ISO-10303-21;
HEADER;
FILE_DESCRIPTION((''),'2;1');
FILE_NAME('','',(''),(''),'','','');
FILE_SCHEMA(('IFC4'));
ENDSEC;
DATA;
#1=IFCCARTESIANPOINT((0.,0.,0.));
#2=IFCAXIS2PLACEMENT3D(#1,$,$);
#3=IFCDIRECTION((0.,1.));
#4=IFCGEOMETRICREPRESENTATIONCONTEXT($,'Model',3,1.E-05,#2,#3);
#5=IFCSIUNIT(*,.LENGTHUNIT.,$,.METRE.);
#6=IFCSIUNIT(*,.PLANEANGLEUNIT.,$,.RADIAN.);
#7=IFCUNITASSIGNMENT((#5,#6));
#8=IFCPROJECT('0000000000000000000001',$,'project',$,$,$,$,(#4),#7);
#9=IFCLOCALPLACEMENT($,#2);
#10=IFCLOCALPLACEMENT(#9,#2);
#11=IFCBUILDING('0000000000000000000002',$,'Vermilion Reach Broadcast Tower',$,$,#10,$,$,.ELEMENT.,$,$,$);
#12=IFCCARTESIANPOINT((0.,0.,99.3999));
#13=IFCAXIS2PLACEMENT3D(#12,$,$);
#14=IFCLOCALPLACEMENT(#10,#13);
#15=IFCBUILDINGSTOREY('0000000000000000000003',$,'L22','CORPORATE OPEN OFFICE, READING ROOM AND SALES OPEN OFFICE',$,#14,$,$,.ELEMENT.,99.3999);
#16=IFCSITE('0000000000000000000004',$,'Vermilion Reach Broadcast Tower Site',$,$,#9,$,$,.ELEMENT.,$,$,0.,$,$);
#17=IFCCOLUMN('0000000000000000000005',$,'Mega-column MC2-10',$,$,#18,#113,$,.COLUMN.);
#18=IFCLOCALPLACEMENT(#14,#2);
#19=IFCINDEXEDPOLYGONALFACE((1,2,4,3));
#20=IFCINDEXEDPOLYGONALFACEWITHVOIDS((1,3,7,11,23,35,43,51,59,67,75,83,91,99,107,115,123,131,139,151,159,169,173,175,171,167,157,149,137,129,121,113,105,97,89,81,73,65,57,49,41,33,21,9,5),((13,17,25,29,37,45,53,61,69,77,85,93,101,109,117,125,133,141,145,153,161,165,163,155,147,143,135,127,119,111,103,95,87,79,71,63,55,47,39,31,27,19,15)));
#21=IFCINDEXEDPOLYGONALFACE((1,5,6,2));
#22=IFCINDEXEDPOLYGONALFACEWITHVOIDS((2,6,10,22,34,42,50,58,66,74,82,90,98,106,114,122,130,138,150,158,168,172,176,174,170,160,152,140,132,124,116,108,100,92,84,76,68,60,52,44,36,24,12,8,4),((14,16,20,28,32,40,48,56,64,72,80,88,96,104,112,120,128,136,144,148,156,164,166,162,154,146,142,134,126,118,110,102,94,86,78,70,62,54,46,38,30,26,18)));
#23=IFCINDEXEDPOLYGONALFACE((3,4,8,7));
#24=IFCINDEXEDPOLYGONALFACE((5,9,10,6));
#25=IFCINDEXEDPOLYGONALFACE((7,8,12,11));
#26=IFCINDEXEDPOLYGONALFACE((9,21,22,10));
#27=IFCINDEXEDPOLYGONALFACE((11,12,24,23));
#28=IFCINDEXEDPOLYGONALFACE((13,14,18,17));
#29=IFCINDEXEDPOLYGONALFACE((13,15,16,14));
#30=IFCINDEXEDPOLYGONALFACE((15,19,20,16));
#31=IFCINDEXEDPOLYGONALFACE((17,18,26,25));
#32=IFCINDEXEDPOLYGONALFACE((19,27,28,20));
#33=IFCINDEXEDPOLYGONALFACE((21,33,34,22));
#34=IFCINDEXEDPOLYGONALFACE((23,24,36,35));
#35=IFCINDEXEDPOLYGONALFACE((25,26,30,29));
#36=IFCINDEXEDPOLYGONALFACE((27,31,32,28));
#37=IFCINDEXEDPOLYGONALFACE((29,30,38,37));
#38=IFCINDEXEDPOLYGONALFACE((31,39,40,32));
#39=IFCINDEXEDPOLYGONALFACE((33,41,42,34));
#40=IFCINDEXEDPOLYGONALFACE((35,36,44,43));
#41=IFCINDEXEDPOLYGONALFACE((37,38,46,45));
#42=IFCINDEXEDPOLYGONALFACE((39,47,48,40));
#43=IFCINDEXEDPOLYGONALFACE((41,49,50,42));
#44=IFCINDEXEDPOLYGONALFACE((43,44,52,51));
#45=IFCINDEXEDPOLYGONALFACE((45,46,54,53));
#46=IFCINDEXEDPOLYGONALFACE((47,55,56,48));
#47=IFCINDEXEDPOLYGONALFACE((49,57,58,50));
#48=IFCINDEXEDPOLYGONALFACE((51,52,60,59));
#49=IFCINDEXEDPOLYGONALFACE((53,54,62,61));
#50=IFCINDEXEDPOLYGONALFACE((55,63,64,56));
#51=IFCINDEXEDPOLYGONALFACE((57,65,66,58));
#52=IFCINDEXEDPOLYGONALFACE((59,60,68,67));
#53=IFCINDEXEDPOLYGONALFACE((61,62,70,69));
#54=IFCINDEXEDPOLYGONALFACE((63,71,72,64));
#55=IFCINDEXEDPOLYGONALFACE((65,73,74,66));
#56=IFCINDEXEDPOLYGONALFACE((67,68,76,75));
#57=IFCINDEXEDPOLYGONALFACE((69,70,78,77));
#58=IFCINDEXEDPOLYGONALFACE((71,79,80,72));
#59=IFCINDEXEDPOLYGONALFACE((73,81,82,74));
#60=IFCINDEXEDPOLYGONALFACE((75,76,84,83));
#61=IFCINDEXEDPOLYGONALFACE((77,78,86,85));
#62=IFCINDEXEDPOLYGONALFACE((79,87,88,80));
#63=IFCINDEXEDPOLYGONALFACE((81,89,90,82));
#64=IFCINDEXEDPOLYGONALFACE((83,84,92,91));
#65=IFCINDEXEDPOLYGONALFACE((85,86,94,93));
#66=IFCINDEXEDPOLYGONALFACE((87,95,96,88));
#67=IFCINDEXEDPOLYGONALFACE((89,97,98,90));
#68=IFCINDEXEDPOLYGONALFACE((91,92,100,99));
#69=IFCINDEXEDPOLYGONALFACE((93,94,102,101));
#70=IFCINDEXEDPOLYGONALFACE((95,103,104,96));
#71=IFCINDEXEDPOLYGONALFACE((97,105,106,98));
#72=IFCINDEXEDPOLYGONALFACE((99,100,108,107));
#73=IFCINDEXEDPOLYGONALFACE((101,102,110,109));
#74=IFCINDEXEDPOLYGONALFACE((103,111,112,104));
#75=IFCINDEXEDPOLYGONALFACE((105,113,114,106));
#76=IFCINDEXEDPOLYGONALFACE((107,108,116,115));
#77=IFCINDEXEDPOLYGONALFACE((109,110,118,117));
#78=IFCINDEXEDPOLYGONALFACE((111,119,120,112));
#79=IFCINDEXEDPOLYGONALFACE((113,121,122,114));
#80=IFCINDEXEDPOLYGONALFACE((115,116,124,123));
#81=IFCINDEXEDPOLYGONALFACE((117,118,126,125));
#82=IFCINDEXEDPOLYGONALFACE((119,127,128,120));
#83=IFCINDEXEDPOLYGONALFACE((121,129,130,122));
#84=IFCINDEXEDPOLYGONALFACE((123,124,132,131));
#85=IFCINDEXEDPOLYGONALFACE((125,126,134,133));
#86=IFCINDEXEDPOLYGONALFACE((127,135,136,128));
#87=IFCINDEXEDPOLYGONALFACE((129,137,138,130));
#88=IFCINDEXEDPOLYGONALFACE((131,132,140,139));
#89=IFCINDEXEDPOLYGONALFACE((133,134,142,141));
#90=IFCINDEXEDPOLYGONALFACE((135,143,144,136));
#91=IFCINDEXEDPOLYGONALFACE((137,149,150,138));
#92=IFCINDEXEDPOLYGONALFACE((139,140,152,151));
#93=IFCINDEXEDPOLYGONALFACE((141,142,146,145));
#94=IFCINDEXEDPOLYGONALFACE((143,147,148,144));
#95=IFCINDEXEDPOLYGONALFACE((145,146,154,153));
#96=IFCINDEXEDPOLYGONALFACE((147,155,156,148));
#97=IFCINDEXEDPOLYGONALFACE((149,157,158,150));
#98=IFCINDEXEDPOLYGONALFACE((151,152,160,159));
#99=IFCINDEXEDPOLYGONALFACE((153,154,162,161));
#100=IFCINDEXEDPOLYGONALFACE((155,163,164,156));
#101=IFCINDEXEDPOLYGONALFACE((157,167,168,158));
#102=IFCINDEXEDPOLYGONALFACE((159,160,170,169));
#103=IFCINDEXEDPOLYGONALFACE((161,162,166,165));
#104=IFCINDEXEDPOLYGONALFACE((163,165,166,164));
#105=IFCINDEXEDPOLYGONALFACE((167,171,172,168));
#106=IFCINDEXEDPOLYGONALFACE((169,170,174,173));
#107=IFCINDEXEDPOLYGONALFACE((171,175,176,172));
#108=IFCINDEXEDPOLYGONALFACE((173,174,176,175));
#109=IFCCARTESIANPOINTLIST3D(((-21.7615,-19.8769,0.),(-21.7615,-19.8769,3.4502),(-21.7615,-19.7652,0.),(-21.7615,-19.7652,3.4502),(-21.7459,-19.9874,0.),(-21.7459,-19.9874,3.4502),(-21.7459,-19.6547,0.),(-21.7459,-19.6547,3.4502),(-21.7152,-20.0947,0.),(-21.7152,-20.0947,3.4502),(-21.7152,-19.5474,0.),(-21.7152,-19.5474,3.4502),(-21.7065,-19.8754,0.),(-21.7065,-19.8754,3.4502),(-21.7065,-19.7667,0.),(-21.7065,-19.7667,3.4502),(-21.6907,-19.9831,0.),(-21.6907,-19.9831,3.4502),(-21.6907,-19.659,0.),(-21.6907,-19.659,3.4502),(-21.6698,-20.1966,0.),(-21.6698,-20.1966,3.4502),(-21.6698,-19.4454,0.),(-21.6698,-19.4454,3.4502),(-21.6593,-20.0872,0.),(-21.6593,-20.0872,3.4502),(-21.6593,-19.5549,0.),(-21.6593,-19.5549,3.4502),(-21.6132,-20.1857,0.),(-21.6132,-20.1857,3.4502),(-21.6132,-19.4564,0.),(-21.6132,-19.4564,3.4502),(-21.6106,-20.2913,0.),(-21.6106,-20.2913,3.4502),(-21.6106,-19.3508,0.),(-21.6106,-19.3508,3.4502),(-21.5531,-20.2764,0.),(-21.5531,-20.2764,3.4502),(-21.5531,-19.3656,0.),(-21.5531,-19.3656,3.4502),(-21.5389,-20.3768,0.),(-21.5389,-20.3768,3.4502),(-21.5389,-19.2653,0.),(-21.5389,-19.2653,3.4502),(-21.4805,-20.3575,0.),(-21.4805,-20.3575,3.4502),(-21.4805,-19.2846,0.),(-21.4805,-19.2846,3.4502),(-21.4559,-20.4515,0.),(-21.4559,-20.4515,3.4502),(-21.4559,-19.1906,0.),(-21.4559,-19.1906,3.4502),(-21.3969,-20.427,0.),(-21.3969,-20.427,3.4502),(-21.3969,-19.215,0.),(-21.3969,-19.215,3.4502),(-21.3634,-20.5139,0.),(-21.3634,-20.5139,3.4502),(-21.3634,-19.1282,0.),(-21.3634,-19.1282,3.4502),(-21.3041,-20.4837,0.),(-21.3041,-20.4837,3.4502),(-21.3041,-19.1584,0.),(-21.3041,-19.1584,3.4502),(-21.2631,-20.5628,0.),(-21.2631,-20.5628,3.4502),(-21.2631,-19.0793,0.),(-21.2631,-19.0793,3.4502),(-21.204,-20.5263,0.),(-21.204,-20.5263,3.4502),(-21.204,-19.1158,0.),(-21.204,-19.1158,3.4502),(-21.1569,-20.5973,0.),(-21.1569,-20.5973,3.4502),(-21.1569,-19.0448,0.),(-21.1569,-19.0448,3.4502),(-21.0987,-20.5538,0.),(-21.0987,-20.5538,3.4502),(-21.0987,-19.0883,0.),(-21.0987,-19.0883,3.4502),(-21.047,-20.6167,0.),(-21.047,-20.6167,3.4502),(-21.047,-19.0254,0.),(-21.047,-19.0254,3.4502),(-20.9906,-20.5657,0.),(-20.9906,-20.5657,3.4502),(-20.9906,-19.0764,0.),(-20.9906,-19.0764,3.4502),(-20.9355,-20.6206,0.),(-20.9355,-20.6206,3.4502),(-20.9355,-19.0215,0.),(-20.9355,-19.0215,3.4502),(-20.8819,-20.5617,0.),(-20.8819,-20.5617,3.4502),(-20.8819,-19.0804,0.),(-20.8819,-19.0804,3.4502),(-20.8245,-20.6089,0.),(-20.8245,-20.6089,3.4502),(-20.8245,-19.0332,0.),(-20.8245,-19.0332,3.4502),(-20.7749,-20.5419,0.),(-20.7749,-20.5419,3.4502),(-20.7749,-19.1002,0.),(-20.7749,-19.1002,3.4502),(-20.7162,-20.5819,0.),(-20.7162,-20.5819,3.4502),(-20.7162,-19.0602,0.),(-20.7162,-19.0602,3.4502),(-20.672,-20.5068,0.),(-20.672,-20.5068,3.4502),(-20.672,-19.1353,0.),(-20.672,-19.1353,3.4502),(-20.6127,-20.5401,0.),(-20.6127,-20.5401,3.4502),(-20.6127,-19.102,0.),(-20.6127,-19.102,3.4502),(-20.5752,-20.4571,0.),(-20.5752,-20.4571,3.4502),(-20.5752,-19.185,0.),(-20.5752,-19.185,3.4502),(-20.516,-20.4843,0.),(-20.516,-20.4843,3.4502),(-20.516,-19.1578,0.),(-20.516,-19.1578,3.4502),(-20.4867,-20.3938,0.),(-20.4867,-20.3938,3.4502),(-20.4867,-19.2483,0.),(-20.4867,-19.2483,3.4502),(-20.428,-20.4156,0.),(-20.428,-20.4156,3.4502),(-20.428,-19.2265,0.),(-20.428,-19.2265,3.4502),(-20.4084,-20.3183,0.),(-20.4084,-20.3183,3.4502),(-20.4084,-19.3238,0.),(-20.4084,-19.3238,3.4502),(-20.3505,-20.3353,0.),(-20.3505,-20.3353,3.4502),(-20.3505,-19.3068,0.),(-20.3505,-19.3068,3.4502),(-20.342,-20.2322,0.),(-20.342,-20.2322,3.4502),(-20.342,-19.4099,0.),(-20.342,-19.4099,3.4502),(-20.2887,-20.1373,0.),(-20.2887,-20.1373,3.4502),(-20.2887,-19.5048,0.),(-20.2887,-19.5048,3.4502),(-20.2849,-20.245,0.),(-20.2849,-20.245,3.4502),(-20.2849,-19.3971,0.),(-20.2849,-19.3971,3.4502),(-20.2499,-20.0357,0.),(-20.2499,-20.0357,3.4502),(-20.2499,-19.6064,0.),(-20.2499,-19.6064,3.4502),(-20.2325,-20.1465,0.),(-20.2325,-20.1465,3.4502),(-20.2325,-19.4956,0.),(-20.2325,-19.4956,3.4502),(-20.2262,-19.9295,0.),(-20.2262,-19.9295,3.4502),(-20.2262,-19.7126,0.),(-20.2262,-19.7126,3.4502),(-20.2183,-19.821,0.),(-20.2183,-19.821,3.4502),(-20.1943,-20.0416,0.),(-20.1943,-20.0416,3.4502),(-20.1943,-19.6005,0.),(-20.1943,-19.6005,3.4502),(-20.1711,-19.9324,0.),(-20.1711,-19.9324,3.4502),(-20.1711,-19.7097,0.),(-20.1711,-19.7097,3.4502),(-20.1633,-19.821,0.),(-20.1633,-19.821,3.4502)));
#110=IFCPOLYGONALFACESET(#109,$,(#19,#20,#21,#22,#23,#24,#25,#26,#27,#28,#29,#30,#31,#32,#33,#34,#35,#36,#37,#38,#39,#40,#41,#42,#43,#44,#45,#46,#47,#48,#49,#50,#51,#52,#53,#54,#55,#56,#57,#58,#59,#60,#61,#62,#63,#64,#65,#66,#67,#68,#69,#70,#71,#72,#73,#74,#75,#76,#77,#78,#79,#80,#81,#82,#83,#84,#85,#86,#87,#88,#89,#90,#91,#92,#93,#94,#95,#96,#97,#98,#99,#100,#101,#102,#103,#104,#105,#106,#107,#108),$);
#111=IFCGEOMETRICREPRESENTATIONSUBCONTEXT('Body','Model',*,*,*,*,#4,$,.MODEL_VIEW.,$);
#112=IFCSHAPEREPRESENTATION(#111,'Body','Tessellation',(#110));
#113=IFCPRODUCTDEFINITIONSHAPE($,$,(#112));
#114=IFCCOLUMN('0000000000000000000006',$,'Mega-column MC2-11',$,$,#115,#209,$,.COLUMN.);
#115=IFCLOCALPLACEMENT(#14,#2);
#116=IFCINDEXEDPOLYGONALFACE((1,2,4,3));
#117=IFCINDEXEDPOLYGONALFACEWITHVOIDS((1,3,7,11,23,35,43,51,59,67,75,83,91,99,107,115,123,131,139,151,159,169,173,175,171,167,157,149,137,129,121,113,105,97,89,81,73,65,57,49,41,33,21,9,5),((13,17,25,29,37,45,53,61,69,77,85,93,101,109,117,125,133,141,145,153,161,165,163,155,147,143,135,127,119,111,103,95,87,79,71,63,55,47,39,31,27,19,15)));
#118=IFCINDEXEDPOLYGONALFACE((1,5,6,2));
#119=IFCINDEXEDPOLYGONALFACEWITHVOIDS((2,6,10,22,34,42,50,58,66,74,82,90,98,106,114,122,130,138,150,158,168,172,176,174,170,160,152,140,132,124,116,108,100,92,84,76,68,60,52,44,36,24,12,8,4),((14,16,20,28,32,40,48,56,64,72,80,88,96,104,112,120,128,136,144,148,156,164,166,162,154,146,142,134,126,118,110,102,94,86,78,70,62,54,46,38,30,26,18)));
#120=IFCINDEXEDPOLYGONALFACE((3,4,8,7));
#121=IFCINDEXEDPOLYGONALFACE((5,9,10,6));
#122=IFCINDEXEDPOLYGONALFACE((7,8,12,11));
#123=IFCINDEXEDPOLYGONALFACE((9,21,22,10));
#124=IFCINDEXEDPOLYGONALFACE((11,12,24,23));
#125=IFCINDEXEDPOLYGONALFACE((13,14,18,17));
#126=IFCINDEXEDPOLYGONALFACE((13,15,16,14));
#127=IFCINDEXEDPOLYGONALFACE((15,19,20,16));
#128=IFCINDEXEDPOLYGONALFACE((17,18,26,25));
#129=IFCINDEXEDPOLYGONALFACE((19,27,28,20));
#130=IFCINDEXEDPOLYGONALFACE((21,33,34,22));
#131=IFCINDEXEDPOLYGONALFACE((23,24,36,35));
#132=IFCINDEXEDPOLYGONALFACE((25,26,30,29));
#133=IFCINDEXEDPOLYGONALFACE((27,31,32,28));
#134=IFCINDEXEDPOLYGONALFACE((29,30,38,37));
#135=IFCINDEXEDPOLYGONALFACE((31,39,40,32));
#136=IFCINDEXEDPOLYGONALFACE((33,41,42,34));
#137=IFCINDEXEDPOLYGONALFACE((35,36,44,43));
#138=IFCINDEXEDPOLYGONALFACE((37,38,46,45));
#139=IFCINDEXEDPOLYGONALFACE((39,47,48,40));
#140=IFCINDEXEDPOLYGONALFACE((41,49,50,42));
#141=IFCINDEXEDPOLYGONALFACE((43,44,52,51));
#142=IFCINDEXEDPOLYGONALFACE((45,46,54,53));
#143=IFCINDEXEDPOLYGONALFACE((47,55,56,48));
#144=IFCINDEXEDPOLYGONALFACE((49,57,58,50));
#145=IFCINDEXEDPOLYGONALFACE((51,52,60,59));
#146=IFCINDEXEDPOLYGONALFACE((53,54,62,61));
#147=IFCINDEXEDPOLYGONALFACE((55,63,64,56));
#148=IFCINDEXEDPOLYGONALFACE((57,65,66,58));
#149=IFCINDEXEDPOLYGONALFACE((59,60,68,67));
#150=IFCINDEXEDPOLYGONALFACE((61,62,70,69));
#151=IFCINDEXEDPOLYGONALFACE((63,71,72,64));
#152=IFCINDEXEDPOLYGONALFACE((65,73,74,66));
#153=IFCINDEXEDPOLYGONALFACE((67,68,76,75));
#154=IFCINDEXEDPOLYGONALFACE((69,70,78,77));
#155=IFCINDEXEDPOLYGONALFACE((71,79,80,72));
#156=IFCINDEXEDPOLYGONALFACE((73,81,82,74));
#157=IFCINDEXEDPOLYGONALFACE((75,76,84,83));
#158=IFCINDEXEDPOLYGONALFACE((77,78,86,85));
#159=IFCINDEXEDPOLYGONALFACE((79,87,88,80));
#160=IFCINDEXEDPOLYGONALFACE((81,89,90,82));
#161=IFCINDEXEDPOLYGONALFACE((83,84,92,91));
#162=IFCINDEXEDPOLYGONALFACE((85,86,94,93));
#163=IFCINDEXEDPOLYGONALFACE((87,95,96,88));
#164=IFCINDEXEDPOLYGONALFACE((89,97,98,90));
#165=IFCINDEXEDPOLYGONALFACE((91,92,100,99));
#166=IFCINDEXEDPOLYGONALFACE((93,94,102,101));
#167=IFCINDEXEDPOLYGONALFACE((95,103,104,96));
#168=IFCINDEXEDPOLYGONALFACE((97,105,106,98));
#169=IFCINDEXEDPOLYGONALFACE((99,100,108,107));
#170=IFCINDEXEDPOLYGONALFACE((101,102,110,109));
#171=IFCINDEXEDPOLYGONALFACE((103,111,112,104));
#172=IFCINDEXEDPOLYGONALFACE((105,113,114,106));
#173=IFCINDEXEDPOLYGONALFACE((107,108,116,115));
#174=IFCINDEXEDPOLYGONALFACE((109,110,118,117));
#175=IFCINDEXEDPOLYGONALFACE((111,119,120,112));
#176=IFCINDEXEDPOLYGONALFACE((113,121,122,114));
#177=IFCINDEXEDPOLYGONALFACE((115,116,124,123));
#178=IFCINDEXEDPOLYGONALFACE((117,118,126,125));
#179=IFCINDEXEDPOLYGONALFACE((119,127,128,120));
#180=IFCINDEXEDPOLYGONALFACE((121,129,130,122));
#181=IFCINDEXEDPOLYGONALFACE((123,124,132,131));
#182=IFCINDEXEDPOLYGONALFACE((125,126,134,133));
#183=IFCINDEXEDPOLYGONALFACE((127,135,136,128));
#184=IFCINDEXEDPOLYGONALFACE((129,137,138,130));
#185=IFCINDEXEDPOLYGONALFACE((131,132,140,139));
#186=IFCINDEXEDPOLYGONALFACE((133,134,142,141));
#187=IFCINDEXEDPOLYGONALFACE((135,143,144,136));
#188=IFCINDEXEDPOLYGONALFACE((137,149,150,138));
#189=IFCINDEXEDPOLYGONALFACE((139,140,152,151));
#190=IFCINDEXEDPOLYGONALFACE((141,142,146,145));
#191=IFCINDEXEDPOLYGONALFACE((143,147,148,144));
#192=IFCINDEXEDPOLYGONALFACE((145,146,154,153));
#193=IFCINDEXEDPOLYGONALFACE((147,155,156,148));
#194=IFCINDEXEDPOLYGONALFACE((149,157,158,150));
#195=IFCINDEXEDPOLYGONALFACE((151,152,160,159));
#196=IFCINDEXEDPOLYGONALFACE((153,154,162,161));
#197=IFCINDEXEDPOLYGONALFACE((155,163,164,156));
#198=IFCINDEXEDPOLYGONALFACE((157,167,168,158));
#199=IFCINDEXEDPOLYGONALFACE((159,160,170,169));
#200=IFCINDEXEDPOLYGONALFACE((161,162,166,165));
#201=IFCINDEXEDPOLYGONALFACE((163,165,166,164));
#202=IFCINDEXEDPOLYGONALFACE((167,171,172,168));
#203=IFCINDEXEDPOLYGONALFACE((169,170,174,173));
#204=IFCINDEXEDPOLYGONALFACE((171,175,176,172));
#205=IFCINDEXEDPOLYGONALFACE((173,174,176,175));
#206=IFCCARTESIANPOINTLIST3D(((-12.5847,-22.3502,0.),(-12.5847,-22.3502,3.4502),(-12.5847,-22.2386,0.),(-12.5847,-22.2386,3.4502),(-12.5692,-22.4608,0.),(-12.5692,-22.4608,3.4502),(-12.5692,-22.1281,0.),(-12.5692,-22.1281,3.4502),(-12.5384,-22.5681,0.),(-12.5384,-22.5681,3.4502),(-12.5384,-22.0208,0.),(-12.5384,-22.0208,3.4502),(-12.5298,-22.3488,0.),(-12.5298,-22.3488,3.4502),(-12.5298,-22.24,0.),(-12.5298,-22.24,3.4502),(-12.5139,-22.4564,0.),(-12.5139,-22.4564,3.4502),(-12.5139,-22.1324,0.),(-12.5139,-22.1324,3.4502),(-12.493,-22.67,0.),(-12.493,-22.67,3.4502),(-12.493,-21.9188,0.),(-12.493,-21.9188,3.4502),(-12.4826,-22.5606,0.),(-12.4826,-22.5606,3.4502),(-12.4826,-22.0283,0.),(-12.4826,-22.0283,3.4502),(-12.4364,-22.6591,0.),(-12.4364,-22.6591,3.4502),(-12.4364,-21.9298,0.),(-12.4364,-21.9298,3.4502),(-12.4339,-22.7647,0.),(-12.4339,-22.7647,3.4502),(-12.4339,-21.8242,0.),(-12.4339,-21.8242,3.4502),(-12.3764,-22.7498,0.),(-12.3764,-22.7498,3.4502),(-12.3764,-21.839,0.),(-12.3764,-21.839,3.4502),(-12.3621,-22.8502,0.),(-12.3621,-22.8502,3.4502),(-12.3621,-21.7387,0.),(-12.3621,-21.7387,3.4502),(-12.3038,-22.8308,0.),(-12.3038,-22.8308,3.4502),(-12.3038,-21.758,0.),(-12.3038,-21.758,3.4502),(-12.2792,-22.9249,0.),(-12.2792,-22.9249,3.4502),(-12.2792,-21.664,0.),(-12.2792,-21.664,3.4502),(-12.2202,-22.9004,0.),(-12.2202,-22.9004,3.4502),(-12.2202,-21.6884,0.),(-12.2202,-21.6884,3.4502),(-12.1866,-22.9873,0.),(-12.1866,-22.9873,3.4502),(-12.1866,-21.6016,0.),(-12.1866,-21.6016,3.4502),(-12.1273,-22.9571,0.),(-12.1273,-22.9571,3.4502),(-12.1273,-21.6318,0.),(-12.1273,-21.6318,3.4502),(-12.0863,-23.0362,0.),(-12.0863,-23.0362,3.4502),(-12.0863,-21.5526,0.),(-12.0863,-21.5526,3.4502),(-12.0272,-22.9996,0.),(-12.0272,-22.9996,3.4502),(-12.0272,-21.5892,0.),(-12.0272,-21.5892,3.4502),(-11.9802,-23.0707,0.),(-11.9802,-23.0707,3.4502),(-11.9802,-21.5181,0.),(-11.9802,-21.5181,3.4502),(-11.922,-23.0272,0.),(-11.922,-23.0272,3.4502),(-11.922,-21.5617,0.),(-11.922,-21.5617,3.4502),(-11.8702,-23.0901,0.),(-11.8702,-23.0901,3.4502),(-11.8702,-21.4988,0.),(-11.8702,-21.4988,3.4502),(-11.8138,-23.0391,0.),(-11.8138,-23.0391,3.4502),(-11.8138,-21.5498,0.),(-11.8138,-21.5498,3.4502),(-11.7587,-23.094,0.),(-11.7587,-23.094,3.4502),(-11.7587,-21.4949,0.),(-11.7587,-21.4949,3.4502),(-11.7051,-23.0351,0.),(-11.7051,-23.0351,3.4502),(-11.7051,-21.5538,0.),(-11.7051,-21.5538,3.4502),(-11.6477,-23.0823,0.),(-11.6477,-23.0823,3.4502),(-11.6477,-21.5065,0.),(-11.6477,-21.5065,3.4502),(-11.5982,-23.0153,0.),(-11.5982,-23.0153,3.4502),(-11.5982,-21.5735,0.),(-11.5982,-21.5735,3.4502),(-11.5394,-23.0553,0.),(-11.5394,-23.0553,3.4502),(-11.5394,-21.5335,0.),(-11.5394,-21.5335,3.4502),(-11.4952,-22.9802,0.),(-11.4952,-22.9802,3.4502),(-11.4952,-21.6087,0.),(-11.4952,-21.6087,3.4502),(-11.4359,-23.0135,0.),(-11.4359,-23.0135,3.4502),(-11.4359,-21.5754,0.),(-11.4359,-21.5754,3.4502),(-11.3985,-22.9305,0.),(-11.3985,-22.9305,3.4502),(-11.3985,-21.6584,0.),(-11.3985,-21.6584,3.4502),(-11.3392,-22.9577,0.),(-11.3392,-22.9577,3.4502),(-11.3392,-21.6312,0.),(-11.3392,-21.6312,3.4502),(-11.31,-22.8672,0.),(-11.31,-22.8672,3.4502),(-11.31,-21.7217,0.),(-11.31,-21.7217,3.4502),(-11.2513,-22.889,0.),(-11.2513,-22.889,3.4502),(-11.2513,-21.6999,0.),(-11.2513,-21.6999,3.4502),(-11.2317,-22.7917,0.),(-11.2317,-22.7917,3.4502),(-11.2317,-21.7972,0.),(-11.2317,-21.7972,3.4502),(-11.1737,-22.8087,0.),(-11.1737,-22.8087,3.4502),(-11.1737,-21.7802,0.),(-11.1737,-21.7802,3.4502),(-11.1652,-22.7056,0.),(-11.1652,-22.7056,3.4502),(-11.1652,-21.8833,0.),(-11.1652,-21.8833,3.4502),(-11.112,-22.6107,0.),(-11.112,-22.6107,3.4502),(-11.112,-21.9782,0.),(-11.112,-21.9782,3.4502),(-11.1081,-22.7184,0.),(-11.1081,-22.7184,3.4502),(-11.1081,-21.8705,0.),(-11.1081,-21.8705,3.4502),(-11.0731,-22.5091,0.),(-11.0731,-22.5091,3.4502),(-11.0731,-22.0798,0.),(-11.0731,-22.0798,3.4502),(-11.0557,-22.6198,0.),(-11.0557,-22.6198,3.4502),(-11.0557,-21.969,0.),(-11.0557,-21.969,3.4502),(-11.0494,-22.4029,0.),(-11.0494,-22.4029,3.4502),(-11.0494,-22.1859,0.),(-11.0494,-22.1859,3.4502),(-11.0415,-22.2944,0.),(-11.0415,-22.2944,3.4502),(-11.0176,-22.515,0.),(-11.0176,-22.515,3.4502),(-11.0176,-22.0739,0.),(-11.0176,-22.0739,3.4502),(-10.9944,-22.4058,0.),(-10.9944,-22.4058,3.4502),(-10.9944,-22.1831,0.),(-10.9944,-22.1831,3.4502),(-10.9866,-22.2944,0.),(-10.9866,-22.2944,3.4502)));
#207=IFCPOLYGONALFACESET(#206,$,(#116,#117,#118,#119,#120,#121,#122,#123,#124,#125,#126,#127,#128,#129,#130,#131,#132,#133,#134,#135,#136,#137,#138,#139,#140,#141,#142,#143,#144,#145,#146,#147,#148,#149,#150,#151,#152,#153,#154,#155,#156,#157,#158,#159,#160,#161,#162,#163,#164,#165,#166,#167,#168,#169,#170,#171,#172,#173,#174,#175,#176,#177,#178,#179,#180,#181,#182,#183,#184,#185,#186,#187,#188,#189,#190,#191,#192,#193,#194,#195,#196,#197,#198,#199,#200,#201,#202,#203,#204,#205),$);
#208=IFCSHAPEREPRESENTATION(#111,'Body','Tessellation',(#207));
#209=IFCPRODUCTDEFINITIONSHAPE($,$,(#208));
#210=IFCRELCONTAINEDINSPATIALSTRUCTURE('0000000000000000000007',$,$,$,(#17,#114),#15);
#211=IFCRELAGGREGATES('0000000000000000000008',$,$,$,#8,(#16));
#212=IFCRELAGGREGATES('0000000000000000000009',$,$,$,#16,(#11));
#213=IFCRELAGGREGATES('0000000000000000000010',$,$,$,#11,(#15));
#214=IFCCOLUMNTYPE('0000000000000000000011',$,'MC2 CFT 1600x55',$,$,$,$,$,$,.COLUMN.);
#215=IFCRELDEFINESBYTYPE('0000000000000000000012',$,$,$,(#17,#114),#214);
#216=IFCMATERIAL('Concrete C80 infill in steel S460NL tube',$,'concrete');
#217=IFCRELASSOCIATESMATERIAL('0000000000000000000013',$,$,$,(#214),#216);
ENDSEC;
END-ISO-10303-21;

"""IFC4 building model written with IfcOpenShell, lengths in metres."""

from ifc_helpers import new_model, si_unit, direction, frame, origin, origin_2d, place, context, subcontext, project, spatial, hollow_circle, extrude, material, material_profile, profile_set, type_object, element, save


model = new_model("IFC4")

# Units and contexts
model_context = context("Model", 3, precision=1e-05, world=origin(), true_north=direction((0.0, 1.0)))
body_context = subcontext(model_context, "Body", "Model", "MODEL_VIEW")
ifc_project = project(units=[si_unit("LENGTHUNIT", "METRE"), si_unit("PLANEANGLEUNIT", "RADIAN")], contexts=[model_context])

# Site, building, storey
site_placement = place(None, origin())
site = spatial("IfcSite", under=ifc_project, at=site_placement, Name="Vermilion Reach Broadcast Tower Site", CompositionType="ELEMENT", RefElevation=0.0)
building_placement = place(site_placement, origin())
building = spatial("IfcBuilding", under=site, at=building_placement, Name="Vermilion Reach Broadcast Tower", CompositionType="ELEMENT")
storey_placement = place(building_placement, frame((0.0, 0.0, 99.3999)))
storey = spatial("IfcBuildingStorey", under=building, at=storey_placement, Name="L22", Description="CORPORATE OPEN OFFICE, READING ROOM AND SALES OPEN OFFICE", CompositionType="ELEMENT", Elevation=99.3999)

# Columns
ifc_material_1 = material(Name="Concrete C80 infill in steel S460NL tube", Category="concrete")
ifc_material_profile_1 = material_profile(ifc_material_1, hollow_circle(Radius=0.8, WallThickness=0.0549, at=origin_2d()), Name="Concrete C80 infill in steel S460NL tube CFT 1600x55")
ifc_profile_set_1 = profile_set([ifc_material_profile_1], Name="Concrete C80 infill in steel S460NL tube")
column_type = type_object("IfcColumnType", Name="MC2 CFT 1600x55", PredefinedType="COLUMN", material=ifc_profile_set_1)
for number, where, z_axis, x_axis, name in (
    (1, (-20.9634, -19.821, 0.0), (0.0, 0.0, 1.0), (1.0, 0.0, 0.0), "Mega-column MC2-10"),
    (2, (-11.7866, -22.2944, 0.0), (0.0, 0.0, 1.0), (1.0, 0.0, 0.0), "Mega-column MC2-11"),
):
    element("IfcColumn", number, at=place(storey_placement, frame(where, z_axis=z_axis, x_axis=x_axis)), inside=storey, type_object=column_type, Name=name, PredefinedType="COLUMN", context=body_context, shape_type="SweptSolid", body=[
        extrude(hollow_circle(Radius=0.8, WallThickness=0.0549, at=origin_2d()), origin(), (0.0, 0.0, 1.0), 3.4502),
    ])

save(model, "model.ifc")
